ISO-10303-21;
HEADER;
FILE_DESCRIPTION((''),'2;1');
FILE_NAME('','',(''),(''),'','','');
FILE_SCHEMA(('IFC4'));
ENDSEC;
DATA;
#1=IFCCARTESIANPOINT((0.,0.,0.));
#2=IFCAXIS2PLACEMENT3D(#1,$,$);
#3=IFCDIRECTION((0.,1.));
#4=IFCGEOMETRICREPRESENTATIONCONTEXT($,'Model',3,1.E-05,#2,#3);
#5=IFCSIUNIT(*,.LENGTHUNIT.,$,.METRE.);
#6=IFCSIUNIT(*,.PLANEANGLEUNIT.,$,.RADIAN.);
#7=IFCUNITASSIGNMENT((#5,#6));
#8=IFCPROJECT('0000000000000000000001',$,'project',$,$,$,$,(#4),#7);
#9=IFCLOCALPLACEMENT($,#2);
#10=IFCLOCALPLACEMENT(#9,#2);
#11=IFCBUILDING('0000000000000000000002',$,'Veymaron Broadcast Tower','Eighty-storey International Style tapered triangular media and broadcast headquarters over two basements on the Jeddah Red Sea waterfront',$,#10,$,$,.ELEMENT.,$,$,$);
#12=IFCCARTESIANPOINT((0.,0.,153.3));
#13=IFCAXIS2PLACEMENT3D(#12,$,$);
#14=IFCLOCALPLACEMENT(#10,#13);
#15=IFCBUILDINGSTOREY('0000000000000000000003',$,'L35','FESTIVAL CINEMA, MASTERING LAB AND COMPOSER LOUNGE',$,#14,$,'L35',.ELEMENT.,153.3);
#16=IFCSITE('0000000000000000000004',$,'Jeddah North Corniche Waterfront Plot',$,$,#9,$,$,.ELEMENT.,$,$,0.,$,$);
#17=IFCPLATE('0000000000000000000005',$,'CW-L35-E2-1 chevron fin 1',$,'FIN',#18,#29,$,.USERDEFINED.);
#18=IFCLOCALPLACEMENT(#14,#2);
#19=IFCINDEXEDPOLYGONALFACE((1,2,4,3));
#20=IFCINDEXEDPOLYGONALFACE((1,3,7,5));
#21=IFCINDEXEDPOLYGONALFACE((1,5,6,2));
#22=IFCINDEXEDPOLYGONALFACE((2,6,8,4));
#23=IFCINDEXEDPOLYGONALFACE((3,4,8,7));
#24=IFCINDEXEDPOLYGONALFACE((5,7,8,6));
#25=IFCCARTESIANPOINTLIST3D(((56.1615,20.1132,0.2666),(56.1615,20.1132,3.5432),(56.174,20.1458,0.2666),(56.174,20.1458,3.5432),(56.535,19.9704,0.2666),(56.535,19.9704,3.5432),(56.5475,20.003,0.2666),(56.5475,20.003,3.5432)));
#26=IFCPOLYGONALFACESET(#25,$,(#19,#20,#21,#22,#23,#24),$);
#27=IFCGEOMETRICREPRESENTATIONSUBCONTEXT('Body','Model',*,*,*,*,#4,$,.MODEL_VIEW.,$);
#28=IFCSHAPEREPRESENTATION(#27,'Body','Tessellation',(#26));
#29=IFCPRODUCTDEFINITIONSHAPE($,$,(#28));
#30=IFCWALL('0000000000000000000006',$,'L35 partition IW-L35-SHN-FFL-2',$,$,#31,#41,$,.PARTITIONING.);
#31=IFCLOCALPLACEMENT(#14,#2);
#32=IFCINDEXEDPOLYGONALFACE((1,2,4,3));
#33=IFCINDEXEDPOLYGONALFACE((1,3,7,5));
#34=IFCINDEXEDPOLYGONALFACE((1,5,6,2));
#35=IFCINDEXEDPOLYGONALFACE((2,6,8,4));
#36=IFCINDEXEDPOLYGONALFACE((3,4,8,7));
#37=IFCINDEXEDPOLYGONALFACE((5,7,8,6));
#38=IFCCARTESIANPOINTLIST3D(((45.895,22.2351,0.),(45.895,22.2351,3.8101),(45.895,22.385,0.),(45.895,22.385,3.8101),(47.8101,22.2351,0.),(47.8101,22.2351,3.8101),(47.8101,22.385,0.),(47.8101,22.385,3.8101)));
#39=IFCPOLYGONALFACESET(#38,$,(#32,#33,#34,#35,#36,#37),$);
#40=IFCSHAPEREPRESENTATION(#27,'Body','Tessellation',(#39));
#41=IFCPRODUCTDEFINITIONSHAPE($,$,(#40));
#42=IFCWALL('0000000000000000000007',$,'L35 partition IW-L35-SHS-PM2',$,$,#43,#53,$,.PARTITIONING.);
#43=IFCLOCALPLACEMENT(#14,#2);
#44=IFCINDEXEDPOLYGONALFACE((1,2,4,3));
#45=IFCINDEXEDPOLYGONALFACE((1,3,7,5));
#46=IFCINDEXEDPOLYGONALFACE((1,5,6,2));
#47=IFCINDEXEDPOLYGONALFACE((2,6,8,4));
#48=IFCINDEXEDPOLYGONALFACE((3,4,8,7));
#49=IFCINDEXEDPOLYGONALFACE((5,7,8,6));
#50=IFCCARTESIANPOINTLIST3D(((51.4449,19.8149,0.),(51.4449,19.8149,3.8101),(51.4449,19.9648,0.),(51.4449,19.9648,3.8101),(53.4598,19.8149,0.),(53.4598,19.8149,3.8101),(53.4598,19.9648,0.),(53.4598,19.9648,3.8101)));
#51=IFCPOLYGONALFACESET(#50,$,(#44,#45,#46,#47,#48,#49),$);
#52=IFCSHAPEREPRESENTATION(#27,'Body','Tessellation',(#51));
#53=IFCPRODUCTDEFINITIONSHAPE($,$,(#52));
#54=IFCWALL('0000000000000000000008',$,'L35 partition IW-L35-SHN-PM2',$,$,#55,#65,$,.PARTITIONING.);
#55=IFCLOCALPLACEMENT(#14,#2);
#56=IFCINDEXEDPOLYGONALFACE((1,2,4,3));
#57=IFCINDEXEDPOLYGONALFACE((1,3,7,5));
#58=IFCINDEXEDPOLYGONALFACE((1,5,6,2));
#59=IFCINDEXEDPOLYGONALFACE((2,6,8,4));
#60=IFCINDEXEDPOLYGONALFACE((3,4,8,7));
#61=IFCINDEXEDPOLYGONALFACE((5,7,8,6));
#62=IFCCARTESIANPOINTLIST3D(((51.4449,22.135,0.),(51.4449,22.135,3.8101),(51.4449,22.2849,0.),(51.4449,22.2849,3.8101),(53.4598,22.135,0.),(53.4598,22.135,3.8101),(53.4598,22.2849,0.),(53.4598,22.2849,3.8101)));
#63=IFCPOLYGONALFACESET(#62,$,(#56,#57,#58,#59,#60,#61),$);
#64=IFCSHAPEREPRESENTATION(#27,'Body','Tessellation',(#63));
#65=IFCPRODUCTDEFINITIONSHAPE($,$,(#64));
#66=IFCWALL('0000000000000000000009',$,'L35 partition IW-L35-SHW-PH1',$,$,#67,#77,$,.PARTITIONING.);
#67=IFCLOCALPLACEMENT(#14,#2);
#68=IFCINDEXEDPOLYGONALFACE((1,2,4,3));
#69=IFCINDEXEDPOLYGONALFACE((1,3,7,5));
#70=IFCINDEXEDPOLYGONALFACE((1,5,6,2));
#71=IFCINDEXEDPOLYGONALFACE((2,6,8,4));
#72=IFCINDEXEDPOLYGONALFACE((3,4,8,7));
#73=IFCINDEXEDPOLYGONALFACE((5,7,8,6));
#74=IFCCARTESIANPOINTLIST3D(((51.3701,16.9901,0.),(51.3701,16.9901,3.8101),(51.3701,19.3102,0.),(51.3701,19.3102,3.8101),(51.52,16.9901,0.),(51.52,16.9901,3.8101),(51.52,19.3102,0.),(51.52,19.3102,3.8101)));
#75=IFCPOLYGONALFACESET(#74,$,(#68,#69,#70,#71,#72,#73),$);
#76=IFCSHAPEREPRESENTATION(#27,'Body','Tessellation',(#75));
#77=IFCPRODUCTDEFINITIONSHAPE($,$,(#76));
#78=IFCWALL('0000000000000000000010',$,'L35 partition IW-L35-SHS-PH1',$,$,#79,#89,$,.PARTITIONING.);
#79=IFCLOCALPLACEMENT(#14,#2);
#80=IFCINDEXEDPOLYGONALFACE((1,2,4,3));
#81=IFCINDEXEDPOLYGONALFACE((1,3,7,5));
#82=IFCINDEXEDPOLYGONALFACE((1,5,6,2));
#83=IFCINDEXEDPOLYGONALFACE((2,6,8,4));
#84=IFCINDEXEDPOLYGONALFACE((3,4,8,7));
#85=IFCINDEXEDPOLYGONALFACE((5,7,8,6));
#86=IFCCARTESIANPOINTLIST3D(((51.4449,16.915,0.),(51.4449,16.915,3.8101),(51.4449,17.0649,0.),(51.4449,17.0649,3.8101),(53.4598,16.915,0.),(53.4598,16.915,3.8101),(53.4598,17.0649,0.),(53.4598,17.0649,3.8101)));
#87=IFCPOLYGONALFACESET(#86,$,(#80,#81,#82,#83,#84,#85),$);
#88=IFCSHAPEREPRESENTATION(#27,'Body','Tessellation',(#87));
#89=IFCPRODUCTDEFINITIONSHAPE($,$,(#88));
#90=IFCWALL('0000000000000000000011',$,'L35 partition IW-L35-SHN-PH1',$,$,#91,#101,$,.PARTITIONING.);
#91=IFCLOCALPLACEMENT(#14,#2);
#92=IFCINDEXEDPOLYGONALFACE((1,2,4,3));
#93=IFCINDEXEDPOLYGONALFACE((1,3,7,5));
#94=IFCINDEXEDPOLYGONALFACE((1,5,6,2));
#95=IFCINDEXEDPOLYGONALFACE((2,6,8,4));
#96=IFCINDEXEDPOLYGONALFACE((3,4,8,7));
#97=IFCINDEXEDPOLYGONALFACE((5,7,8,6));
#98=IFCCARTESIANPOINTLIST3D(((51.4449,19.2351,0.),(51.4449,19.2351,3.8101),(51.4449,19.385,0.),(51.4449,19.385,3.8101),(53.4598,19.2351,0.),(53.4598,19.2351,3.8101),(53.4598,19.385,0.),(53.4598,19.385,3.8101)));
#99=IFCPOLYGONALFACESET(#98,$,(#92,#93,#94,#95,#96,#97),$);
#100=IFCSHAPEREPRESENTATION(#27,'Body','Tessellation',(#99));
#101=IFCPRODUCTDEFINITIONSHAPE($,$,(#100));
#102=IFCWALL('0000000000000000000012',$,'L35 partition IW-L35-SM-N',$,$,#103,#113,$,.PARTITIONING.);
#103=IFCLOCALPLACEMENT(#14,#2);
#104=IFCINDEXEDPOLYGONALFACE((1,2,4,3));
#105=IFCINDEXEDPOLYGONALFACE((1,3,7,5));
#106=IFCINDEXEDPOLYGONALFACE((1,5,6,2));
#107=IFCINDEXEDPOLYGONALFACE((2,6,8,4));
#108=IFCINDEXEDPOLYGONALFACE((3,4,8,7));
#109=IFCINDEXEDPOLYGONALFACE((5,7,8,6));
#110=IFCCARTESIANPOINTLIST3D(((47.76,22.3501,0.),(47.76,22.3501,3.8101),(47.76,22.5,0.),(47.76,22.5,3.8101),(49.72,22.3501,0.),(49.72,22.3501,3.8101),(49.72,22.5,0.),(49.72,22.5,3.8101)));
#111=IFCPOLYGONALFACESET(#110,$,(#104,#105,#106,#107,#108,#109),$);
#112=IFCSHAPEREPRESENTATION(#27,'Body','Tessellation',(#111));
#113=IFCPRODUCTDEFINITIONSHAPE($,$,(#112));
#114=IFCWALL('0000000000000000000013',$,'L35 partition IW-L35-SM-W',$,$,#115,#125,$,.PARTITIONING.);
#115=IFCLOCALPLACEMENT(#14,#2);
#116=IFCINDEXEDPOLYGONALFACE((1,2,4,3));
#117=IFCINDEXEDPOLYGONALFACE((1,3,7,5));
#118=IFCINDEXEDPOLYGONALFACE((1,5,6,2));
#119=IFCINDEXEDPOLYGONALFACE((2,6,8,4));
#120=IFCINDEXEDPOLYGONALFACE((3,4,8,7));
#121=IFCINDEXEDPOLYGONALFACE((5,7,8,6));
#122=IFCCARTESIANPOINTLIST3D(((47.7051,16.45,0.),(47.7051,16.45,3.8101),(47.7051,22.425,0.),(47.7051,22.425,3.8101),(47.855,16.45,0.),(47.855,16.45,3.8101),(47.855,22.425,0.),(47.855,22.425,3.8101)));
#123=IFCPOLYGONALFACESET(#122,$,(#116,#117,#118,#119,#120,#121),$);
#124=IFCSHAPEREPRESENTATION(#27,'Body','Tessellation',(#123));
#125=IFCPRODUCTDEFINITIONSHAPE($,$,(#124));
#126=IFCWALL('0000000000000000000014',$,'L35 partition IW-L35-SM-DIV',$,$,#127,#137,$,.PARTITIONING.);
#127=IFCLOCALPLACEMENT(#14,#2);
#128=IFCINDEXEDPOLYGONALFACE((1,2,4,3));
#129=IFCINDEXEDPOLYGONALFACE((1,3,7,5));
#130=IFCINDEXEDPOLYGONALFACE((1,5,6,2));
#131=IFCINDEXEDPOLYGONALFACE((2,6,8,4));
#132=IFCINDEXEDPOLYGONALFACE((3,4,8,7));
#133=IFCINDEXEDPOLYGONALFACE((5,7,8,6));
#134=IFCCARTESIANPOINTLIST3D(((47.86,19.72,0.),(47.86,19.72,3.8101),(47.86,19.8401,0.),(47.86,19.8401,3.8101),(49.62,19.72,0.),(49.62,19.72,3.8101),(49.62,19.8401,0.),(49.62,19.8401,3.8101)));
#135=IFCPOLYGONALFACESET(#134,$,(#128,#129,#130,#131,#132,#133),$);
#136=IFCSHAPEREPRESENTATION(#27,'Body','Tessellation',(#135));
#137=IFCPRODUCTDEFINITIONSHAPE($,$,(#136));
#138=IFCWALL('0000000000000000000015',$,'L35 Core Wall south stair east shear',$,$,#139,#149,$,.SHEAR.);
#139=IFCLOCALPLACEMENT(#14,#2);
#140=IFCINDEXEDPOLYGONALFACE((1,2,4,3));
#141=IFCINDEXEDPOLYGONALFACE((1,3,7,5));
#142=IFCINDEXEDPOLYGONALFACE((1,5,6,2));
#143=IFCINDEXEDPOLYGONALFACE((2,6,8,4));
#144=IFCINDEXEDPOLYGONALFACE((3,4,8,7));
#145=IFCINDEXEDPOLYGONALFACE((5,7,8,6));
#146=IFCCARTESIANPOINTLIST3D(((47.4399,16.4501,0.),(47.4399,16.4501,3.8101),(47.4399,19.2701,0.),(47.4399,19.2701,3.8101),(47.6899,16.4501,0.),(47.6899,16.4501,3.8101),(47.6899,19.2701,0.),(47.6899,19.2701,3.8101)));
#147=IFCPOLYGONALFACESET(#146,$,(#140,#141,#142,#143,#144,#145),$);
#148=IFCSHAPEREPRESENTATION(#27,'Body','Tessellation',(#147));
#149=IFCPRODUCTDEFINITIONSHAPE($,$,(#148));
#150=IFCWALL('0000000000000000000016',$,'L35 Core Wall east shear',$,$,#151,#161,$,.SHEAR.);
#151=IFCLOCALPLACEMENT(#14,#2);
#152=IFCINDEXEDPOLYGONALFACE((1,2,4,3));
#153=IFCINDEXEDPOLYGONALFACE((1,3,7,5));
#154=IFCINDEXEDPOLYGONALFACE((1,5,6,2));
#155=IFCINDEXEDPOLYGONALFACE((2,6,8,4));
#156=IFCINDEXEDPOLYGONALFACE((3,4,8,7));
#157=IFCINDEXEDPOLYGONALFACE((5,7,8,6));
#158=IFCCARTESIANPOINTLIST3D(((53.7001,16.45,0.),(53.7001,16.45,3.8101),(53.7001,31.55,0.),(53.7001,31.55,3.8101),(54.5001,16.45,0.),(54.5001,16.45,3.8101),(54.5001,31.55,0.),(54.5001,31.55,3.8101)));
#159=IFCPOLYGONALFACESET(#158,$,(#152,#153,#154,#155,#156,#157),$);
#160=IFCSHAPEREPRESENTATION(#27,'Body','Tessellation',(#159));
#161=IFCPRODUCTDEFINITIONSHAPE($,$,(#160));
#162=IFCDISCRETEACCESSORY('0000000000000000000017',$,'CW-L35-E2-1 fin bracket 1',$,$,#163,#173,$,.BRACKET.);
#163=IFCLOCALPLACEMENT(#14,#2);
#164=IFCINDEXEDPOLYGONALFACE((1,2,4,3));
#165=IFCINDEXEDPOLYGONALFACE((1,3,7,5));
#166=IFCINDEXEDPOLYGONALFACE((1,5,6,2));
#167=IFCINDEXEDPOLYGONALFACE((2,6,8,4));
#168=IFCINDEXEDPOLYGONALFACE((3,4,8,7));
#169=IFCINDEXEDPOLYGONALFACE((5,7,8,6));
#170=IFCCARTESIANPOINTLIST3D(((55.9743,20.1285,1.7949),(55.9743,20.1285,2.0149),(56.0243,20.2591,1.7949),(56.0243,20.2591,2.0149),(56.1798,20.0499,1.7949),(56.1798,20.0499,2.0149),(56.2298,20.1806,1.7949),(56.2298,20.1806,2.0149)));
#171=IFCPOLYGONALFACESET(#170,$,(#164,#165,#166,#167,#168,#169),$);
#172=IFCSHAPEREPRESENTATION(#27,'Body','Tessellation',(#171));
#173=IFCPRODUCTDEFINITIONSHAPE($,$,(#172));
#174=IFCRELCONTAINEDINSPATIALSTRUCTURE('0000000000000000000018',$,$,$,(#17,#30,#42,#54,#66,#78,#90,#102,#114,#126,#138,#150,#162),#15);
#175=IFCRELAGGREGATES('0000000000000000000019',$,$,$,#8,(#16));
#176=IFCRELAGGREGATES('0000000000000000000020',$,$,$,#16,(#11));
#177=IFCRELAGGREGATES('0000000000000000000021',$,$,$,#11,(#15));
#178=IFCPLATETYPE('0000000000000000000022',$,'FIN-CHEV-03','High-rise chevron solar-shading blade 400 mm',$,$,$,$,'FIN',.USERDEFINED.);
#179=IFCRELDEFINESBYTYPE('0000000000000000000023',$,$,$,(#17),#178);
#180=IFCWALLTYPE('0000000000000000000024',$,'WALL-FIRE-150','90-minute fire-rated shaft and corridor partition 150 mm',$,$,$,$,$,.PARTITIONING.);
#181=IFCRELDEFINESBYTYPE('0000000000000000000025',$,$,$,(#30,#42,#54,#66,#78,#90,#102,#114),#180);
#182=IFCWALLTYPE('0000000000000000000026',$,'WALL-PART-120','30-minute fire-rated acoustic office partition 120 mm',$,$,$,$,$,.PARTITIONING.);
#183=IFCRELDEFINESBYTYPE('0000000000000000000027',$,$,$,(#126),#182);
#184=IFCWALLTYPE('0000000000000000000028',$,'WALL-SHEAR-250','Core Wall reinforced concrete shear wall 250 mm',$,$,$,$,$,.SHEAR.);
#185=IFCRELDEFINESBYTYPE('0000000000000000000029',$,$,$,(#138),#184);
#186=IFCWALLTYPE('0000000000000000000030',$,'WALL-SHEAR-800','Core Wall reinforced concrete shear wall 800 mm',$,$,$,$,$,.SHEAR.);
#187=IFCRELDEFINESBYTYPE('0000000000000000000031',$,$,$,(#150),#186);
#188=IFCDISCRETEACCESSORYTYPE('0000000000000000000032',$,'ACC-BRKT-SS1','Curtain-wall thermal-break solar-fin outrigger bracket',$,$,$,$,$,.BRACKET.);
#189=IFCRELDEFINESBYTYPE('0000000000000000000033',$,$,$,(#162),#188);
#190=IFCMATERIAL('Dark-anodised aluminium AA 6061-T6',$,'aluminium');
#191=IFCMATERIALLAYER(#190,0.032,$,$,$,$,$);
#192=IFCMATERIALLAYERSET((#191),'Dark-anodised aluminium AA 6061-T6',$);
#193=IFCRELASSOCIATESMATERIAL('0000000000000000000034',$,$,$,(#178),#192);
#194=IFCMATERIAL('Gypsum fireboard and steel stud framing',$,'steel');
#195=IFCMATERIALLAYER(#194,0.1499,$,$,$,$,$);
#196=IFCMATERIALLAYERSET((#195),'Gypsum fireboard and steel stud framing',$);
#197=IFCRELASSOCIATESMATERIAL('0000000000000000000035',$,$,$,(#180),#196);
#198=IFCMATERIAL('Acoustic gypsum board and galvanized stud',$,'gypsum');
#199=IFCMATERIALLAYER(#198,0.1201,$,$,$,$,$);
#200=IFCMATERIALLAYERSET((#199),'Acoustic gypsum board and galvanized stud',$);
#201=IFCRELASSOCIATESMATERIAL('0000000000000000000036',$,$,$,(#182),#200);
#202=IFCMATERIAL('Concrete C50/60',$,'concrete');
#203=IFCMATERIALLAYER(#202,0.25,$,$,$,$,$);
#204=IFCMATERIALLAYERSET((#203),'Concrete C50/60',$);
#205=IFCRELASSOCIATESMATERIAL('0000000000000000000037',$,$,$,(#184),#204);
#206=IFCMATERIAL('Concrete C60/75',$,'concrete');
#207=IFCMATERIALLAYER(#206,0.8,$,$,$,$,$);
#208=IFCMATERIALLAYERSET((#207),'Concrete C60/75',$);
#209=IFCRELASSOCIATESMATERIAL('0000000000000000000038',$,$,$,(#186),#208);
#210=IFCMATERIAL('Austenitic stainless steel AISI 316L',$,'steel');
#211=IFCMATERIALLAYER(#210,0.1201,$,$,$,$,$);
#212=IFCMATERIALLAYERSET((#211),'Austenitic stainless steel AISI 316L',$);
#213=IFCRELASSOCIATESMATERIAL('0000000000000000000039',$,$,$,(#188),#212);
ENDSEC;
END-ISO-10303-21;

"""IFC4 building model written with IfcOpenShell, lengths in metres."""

from ifc_helpers import new_model, si_unit, direction, frame, frame_2d, origin, origin_2d, place, context, subcontext, project, spatial, rectangle, extrude, material, layer, layer_set, type_object, element, save


model = new_model("IFC4")

# Units and contexts
model_context = context("Model", 3, precision=1e-05, world=origin(), true_north=direction((0.0, 1.0)))
body_context = subcontext(model_context, "Body", "Model", "MODEL_VIEW")
ifc_project = project(units=[si_unit("LENGTHUNIT", "METRE"), si_unit("PLANEANGLEUNIT", "RADIAN")], contexts=[model_context])

# Site, building, storey
site_placement = place(None, origin())
site = spatial("IfcSite", under=ifc_project, at=site_placement, Name="Jeddah North Corniche Waterfront Plot", CompositionType="ELEMENT", RefElevation=0.0)
building_placement = place(site_placement, origin())
building = spatial("IfcBuilding", under=site, at=building_placement, Name="Veymaron Broadcast Tower", Description="Eighty-storey International Style tapered triangular media and broadcast headquarters over two basements on the Jeddah Red Sea waterfront", CompositionType="ELEMENT")
storey_placement = place(building_placement, frame((0.0, 0.0, 153.3)))
storey = spatial("IfcBuildingStorey", under=building, at=storey_placement, Name="L35", Description="FESTIVAL CINEMA, MASTERING LAB AND COMPOSER LOUNGE", LongName="L35", CompositionType="ELEMENT", Elevation=153.3)

# Plate
ifc_material_1 = material(Name="Dark-anodised aluminium AA 6061-T6", Category="aluminium")
ifc_layer_1 = layer(ifc_material_1, 0.032)
ifc_layer_set_1 = layer_set([ifc_layer_1], Name="Dark-anodised aluminium AA 6061-T6")
plate_type_1 = type_object("IfcPlateType", Name="FIN-CHEV-03", Description="High-rise chevron solar-shading blade 400 mm", ElementType="FIN", PredefinedType="USERDEFINED", material=ifc_layer_set_1)
plate_1_placement = place(storey_placement, frame((56.3545, 20.0581, 0.2666), z_axis=(0.0, 0.0, 1.0), x_axis=(0.934099, -0.357015, 0.0)))
element("IfcPlate", 1, at=plate_1_placement, inside=storey, type_object=plate_type_1, Name="CW-L35-E2-1 chevron fin 1", ObjectType="FIN", PredefinedType="USERDEFINED", context=body_context, shape_type="SweptSolid", body=[
    extrude(rectangle(XDim=0.3999, YDim=0.0349, at=origin_2d()), origin(), (0.0, 0.0, 1.0), 3.2766),
])

# Shared definitions
ifc_material_2 = material(Name="Gypsum fireboard and steel stud framing", Category="steel")
ifc_layer_2 = layer(ifc_material_2, 0.1499)
ifc_layer_set_2 = layer_set([ifc_layer_2], Name="Gypsum fireboard and steel stud framing")
wall_type_1 = type_object("IfcWallType", Name="WALL-FIRE-150", Description="90-minute fire-rated shaft and corridor partition 150 mm", PredefinedType="PARTITIONING", material=ifc_layer_set_2)

# Wall
wall_1_placement = place(storey_placement, frame((45.895, 22.3101, 0.0), z_axis=(0.0, 0.0, 1.0), x_axis=(1.0, 0.0, 0.0)))
element("IfcWall", 2, at=wall_1_placement, inside=storey, type_object=wall_type_1, Name="L35 partition IW-L35-SHN-FFL-2", PredefinedType="PARTITIONING", context=body_context, shape_type="SweptSolid", body=[
    extrude(rectangle(XDim=1.915, YDim=0.1499, at=frame_2d((0.9575, 0.0))), origin(), (0.0, 0.0, 1.0), 3.8101),
])

# Walls
for number, where, z_axis, x_axis, name in (
    (3, (51.4451, 19.8899, 0.0), (0.0, 0.0, 1.0), (1.0, 0.0, 0.0), "L35 partition IW-L35-SHS-PM2"),
    (4, (51.4451, 22.21, 0.0), (0.0, 0.0, 1.0), (1.0, 0.0, 0.0), "L35 partition IW-L35-SHN-PM2"),
):
    element("IfcWall", number, at=place(storey_placement, frame(where, z_axis=z_axis, x_axis=x_axis)), inside=storey, type_object=wall_type_1, Name=name, PredefinedType="PARTITIONING", context=body_context, shape_type="SweptSolid", body=[
        extrude(rectangle(XDim=2.0149, YDim=0.1499, at=frame_2d((1.0073, 0.0))), origin(), (0.0, 0.0, 1.0), 3.8101),
    ])
wall_2_placement = place(storey_placement, frame((51.4451, 16.99, 0.0), z_axis=(0.0, 0.0, 1.0), x_axis=(0.0, 1.0, 0.0)))
element("IfcWall", 5, at=wall_2_placement, inside=storey, type_object=wall_type_1, Name="L35 partition IW-L35-SHW-PH1", PredefinedType="PARTITIONING", context=body_context, shape_type="SweptSolid", body=[
    extrude(rectangle(XDim=2.3201, YDim=0.1499, at=frame_2d((1.1602, 0.0))), origin(), (0.0, 0.0, 1.0), 3.8101),
])
for number, where, z_axis, x_axis, name in (
    (6, (51.4451, 16.99, 0.0), (0.0, 0.0, 1.0), (1.0, 0.0, 0.0), "L35 partition IW-L35-SHS-PH1"),
    (7, (51.4451, 19.3101, 0.0), (0.0, 0.0, 1.0), (1.0, 0.0, 0.0), "L35 partition IW-L35-SHN-PH1"),
):
    element("IfcWall", number, at=place(storey_placement, frame(where, z_axis=z_axis, x_axis=x_axis)), inside=storey, type_object=wall_type_1, Name=name, PredefinedType="PARTITIONING", context=body_context, shape_type="SweptSolid", body=[
        extrude(rectangle(XDim=2.0149, YDim=0.1499, at=frame_2d((1.0073, 0.0))), origin(), (0.0, 0.0, 1.0), 3.8101),
    ])

# Walls
wall_3_placement = place(storey_placement, frame((47.76, 22.425, 0.0), z_axis=(0.0, 0.0, 1.0), x_axis=(1.0, 0.0, 0.0)))
element("IfcWall", 8, at=wall_3_placement, inside=storey, type_object=wall_type_1, Name="L35 partition IW-L35-SM-N", PredefinedType="PARTITIONING", context=body_context, shape_type="SweptSolid", body=[
    extrude(rectangle(XDim=1.96, YDim=0.1499, at=frame_2d((0.98, 0.0))), origin(), (0.0, 0.0, 1.0), 3.8101),
])
wall_4_placement = place(storey_placement, frame((47.78, 16.45, 0.0), z_axis=(0.0, 0.0, 1.0), x_axis=(0.0, 1.0, 0.0)))
element("IfcWall", 9, at=wall_4_placement, inside=storey, type_object=wall_type_1, Name="L35 partition IW-L35-SM-W", PredefinedType="PARTITIONING", context=body_context, shape_type="SweptSolid", body=[
    extrude(rectangle(XDim=5.9751, YDim=0.1499, at=frame_2d((2.9875, 0.0))), origin(), (0.0, 0.0, 1.0), 3.8101),
])
ifc_material_3 = material(Name="Acoustic gypsum board and galvanized stud", Category="gypsum")
ifc_layer_3 = layer(ifc_material_3, 0.1201)
ifc_layer_set_3 = layer_set([ifc_layer_3], Name="Acoustic gypsum board and galvanized stud")
wall_type_2 = type_object("IfcWallType", Name="WALL-PART-120", Description="30-minute fire-rated acoustic office partition 120 mm", PredefinedType="PARTITIONING", material=ifc_layer_set_3)
wall_5_placement = place(storey_placement, frame((47.8601, 19.78, 0.0), z_axis=(0.0, 0.0, 1.0), x_axis=(1.0, 0.0, 0.0)))
element("IfcWall", 10, at=wall_5_placement, inside=storey, type_object=wall_type_2, Name="L35 partition IW-L35-SM-DIV", PredefinedType="PARTITIONING", context=body_context, shape_type="SweptSolid", body=[
    extrude(rectangle(XDim=1.76, YDim=0.1201, at=frame_2d((0.8799, 0.0))), origin(), (0.0, 0.0, 1.0), 3.8101),
])

# Walls
ifc_material_4 = material(Name="Concrete C50/60", Category="concrete")
ifc_layer_4 = layer(ifc_material_4, 0.25)
ifc_layer_set_4 = layer_set([ifc_layer_4], Name="Concrete C50/60")
wall_type_3 = type_object("IfcWallType", Name="WALL-SHEAR-250", Description="Core Wall reinforced concrete shear wall 250 mm", PredefinedType="SHEAR", material=ifc_layer_set_4)
wall_6_placement = place(storey_placement, frame((47.5649, 16.45, 0.0), z_axis=(0.0, 0.0, 1.0), x_axis=(0.0, 1.0, 0.0)))
element("IfcWall", 11, at=wall_6_placement, inside=storey, type_object=wall_type_3, Name="L35 Core Wall south stair east shear", PredefinedType="SHEAR", context=body_context, shape_type="SweptSolid", body=[
    extrude(rectangle(XDim=2.8201, YDim=0.25, at=frame_2d((1.4102, 0.0))), origin(), (0.0, 0.0, 1.0), 3.8101),
])
ifc_material_5 = material(Name="Concrete C60/75", Category="concrete")
ifc_layer_5 = layer(ifc_material_5, 0.8)
ifc_layer_set_5 = layer_set([ifc_layer_5], Name="Concrete C60/75")
wall_type_4 = type_object("IfcWallType", Name="WALL-SHEAR-800", Description="Core Wall reinforced concrete shear wall 800 mm", PredefinedType="SHEAR", material=ifc_layer_set_5)
wall_7_placement = place(storey_placement, frame((54.1001, 16.45, 0.0), z_axis=(0.0, 0.0, 1.0), x_axis=(0.0, 1.0, 0.0)))
element("IfcWall", 12, at=wall_7_placement, inside=storey, type_object=wall_type_4, Name="L35 Core Wall east shear", PredefinedType="SHEAR", context=body_context, shape_type="SweptSolid", body=[
    extrude(rectangle(XDim=15.1001, YDim=0.8, at=frame_2d((7.55, 0.0))), origin(), (0.0, 0.0, 1.0), 3.8101),
])

# Discrete accessory
ifc_material_6 = material(Name="Austenitic stainless steel AISI 316L", Category="steel")
ifc_layer_6 = layer(ifc_material_6, 0.1201)
ifc_layer_set_6 = layer_set([ifc_layer_6], Name="Austenitic stainless steel AISI 316L")
discrete_accessory_type = type_object("IfcDiscreteAccessoryType", Name="ACC-BRKT-SS1", Description="Curtain-wall thermal-break solar-fin outrigger bracket", PredefinedType="BRACKET", material=ifc_layer_set_6)
discrete_accessory_placement = place(storey_placement, frame((56.1021, 20.1545, 1.7949), z_axis=(0.0, 0.0, 1.0), x_axis=(0.934099, -0.357015, 0.0)))
element("IfcDiscreteAccessory", 13, at=discrete_accessory_placement, inside=storey, type_object=discrete_accessory_type, Name="CW-L35-E2-1 fin bracket 1", PredefinedType="BRACKET", context=body_context, shape_type="SweptSolid", body=[
    extrude(rectangle(XDim=0.22, YDim=0.1399, at=origin_2d()), origin(), (0.0, 0.0, 1.0), 0.22),
])

save(model, "model.ifc")
